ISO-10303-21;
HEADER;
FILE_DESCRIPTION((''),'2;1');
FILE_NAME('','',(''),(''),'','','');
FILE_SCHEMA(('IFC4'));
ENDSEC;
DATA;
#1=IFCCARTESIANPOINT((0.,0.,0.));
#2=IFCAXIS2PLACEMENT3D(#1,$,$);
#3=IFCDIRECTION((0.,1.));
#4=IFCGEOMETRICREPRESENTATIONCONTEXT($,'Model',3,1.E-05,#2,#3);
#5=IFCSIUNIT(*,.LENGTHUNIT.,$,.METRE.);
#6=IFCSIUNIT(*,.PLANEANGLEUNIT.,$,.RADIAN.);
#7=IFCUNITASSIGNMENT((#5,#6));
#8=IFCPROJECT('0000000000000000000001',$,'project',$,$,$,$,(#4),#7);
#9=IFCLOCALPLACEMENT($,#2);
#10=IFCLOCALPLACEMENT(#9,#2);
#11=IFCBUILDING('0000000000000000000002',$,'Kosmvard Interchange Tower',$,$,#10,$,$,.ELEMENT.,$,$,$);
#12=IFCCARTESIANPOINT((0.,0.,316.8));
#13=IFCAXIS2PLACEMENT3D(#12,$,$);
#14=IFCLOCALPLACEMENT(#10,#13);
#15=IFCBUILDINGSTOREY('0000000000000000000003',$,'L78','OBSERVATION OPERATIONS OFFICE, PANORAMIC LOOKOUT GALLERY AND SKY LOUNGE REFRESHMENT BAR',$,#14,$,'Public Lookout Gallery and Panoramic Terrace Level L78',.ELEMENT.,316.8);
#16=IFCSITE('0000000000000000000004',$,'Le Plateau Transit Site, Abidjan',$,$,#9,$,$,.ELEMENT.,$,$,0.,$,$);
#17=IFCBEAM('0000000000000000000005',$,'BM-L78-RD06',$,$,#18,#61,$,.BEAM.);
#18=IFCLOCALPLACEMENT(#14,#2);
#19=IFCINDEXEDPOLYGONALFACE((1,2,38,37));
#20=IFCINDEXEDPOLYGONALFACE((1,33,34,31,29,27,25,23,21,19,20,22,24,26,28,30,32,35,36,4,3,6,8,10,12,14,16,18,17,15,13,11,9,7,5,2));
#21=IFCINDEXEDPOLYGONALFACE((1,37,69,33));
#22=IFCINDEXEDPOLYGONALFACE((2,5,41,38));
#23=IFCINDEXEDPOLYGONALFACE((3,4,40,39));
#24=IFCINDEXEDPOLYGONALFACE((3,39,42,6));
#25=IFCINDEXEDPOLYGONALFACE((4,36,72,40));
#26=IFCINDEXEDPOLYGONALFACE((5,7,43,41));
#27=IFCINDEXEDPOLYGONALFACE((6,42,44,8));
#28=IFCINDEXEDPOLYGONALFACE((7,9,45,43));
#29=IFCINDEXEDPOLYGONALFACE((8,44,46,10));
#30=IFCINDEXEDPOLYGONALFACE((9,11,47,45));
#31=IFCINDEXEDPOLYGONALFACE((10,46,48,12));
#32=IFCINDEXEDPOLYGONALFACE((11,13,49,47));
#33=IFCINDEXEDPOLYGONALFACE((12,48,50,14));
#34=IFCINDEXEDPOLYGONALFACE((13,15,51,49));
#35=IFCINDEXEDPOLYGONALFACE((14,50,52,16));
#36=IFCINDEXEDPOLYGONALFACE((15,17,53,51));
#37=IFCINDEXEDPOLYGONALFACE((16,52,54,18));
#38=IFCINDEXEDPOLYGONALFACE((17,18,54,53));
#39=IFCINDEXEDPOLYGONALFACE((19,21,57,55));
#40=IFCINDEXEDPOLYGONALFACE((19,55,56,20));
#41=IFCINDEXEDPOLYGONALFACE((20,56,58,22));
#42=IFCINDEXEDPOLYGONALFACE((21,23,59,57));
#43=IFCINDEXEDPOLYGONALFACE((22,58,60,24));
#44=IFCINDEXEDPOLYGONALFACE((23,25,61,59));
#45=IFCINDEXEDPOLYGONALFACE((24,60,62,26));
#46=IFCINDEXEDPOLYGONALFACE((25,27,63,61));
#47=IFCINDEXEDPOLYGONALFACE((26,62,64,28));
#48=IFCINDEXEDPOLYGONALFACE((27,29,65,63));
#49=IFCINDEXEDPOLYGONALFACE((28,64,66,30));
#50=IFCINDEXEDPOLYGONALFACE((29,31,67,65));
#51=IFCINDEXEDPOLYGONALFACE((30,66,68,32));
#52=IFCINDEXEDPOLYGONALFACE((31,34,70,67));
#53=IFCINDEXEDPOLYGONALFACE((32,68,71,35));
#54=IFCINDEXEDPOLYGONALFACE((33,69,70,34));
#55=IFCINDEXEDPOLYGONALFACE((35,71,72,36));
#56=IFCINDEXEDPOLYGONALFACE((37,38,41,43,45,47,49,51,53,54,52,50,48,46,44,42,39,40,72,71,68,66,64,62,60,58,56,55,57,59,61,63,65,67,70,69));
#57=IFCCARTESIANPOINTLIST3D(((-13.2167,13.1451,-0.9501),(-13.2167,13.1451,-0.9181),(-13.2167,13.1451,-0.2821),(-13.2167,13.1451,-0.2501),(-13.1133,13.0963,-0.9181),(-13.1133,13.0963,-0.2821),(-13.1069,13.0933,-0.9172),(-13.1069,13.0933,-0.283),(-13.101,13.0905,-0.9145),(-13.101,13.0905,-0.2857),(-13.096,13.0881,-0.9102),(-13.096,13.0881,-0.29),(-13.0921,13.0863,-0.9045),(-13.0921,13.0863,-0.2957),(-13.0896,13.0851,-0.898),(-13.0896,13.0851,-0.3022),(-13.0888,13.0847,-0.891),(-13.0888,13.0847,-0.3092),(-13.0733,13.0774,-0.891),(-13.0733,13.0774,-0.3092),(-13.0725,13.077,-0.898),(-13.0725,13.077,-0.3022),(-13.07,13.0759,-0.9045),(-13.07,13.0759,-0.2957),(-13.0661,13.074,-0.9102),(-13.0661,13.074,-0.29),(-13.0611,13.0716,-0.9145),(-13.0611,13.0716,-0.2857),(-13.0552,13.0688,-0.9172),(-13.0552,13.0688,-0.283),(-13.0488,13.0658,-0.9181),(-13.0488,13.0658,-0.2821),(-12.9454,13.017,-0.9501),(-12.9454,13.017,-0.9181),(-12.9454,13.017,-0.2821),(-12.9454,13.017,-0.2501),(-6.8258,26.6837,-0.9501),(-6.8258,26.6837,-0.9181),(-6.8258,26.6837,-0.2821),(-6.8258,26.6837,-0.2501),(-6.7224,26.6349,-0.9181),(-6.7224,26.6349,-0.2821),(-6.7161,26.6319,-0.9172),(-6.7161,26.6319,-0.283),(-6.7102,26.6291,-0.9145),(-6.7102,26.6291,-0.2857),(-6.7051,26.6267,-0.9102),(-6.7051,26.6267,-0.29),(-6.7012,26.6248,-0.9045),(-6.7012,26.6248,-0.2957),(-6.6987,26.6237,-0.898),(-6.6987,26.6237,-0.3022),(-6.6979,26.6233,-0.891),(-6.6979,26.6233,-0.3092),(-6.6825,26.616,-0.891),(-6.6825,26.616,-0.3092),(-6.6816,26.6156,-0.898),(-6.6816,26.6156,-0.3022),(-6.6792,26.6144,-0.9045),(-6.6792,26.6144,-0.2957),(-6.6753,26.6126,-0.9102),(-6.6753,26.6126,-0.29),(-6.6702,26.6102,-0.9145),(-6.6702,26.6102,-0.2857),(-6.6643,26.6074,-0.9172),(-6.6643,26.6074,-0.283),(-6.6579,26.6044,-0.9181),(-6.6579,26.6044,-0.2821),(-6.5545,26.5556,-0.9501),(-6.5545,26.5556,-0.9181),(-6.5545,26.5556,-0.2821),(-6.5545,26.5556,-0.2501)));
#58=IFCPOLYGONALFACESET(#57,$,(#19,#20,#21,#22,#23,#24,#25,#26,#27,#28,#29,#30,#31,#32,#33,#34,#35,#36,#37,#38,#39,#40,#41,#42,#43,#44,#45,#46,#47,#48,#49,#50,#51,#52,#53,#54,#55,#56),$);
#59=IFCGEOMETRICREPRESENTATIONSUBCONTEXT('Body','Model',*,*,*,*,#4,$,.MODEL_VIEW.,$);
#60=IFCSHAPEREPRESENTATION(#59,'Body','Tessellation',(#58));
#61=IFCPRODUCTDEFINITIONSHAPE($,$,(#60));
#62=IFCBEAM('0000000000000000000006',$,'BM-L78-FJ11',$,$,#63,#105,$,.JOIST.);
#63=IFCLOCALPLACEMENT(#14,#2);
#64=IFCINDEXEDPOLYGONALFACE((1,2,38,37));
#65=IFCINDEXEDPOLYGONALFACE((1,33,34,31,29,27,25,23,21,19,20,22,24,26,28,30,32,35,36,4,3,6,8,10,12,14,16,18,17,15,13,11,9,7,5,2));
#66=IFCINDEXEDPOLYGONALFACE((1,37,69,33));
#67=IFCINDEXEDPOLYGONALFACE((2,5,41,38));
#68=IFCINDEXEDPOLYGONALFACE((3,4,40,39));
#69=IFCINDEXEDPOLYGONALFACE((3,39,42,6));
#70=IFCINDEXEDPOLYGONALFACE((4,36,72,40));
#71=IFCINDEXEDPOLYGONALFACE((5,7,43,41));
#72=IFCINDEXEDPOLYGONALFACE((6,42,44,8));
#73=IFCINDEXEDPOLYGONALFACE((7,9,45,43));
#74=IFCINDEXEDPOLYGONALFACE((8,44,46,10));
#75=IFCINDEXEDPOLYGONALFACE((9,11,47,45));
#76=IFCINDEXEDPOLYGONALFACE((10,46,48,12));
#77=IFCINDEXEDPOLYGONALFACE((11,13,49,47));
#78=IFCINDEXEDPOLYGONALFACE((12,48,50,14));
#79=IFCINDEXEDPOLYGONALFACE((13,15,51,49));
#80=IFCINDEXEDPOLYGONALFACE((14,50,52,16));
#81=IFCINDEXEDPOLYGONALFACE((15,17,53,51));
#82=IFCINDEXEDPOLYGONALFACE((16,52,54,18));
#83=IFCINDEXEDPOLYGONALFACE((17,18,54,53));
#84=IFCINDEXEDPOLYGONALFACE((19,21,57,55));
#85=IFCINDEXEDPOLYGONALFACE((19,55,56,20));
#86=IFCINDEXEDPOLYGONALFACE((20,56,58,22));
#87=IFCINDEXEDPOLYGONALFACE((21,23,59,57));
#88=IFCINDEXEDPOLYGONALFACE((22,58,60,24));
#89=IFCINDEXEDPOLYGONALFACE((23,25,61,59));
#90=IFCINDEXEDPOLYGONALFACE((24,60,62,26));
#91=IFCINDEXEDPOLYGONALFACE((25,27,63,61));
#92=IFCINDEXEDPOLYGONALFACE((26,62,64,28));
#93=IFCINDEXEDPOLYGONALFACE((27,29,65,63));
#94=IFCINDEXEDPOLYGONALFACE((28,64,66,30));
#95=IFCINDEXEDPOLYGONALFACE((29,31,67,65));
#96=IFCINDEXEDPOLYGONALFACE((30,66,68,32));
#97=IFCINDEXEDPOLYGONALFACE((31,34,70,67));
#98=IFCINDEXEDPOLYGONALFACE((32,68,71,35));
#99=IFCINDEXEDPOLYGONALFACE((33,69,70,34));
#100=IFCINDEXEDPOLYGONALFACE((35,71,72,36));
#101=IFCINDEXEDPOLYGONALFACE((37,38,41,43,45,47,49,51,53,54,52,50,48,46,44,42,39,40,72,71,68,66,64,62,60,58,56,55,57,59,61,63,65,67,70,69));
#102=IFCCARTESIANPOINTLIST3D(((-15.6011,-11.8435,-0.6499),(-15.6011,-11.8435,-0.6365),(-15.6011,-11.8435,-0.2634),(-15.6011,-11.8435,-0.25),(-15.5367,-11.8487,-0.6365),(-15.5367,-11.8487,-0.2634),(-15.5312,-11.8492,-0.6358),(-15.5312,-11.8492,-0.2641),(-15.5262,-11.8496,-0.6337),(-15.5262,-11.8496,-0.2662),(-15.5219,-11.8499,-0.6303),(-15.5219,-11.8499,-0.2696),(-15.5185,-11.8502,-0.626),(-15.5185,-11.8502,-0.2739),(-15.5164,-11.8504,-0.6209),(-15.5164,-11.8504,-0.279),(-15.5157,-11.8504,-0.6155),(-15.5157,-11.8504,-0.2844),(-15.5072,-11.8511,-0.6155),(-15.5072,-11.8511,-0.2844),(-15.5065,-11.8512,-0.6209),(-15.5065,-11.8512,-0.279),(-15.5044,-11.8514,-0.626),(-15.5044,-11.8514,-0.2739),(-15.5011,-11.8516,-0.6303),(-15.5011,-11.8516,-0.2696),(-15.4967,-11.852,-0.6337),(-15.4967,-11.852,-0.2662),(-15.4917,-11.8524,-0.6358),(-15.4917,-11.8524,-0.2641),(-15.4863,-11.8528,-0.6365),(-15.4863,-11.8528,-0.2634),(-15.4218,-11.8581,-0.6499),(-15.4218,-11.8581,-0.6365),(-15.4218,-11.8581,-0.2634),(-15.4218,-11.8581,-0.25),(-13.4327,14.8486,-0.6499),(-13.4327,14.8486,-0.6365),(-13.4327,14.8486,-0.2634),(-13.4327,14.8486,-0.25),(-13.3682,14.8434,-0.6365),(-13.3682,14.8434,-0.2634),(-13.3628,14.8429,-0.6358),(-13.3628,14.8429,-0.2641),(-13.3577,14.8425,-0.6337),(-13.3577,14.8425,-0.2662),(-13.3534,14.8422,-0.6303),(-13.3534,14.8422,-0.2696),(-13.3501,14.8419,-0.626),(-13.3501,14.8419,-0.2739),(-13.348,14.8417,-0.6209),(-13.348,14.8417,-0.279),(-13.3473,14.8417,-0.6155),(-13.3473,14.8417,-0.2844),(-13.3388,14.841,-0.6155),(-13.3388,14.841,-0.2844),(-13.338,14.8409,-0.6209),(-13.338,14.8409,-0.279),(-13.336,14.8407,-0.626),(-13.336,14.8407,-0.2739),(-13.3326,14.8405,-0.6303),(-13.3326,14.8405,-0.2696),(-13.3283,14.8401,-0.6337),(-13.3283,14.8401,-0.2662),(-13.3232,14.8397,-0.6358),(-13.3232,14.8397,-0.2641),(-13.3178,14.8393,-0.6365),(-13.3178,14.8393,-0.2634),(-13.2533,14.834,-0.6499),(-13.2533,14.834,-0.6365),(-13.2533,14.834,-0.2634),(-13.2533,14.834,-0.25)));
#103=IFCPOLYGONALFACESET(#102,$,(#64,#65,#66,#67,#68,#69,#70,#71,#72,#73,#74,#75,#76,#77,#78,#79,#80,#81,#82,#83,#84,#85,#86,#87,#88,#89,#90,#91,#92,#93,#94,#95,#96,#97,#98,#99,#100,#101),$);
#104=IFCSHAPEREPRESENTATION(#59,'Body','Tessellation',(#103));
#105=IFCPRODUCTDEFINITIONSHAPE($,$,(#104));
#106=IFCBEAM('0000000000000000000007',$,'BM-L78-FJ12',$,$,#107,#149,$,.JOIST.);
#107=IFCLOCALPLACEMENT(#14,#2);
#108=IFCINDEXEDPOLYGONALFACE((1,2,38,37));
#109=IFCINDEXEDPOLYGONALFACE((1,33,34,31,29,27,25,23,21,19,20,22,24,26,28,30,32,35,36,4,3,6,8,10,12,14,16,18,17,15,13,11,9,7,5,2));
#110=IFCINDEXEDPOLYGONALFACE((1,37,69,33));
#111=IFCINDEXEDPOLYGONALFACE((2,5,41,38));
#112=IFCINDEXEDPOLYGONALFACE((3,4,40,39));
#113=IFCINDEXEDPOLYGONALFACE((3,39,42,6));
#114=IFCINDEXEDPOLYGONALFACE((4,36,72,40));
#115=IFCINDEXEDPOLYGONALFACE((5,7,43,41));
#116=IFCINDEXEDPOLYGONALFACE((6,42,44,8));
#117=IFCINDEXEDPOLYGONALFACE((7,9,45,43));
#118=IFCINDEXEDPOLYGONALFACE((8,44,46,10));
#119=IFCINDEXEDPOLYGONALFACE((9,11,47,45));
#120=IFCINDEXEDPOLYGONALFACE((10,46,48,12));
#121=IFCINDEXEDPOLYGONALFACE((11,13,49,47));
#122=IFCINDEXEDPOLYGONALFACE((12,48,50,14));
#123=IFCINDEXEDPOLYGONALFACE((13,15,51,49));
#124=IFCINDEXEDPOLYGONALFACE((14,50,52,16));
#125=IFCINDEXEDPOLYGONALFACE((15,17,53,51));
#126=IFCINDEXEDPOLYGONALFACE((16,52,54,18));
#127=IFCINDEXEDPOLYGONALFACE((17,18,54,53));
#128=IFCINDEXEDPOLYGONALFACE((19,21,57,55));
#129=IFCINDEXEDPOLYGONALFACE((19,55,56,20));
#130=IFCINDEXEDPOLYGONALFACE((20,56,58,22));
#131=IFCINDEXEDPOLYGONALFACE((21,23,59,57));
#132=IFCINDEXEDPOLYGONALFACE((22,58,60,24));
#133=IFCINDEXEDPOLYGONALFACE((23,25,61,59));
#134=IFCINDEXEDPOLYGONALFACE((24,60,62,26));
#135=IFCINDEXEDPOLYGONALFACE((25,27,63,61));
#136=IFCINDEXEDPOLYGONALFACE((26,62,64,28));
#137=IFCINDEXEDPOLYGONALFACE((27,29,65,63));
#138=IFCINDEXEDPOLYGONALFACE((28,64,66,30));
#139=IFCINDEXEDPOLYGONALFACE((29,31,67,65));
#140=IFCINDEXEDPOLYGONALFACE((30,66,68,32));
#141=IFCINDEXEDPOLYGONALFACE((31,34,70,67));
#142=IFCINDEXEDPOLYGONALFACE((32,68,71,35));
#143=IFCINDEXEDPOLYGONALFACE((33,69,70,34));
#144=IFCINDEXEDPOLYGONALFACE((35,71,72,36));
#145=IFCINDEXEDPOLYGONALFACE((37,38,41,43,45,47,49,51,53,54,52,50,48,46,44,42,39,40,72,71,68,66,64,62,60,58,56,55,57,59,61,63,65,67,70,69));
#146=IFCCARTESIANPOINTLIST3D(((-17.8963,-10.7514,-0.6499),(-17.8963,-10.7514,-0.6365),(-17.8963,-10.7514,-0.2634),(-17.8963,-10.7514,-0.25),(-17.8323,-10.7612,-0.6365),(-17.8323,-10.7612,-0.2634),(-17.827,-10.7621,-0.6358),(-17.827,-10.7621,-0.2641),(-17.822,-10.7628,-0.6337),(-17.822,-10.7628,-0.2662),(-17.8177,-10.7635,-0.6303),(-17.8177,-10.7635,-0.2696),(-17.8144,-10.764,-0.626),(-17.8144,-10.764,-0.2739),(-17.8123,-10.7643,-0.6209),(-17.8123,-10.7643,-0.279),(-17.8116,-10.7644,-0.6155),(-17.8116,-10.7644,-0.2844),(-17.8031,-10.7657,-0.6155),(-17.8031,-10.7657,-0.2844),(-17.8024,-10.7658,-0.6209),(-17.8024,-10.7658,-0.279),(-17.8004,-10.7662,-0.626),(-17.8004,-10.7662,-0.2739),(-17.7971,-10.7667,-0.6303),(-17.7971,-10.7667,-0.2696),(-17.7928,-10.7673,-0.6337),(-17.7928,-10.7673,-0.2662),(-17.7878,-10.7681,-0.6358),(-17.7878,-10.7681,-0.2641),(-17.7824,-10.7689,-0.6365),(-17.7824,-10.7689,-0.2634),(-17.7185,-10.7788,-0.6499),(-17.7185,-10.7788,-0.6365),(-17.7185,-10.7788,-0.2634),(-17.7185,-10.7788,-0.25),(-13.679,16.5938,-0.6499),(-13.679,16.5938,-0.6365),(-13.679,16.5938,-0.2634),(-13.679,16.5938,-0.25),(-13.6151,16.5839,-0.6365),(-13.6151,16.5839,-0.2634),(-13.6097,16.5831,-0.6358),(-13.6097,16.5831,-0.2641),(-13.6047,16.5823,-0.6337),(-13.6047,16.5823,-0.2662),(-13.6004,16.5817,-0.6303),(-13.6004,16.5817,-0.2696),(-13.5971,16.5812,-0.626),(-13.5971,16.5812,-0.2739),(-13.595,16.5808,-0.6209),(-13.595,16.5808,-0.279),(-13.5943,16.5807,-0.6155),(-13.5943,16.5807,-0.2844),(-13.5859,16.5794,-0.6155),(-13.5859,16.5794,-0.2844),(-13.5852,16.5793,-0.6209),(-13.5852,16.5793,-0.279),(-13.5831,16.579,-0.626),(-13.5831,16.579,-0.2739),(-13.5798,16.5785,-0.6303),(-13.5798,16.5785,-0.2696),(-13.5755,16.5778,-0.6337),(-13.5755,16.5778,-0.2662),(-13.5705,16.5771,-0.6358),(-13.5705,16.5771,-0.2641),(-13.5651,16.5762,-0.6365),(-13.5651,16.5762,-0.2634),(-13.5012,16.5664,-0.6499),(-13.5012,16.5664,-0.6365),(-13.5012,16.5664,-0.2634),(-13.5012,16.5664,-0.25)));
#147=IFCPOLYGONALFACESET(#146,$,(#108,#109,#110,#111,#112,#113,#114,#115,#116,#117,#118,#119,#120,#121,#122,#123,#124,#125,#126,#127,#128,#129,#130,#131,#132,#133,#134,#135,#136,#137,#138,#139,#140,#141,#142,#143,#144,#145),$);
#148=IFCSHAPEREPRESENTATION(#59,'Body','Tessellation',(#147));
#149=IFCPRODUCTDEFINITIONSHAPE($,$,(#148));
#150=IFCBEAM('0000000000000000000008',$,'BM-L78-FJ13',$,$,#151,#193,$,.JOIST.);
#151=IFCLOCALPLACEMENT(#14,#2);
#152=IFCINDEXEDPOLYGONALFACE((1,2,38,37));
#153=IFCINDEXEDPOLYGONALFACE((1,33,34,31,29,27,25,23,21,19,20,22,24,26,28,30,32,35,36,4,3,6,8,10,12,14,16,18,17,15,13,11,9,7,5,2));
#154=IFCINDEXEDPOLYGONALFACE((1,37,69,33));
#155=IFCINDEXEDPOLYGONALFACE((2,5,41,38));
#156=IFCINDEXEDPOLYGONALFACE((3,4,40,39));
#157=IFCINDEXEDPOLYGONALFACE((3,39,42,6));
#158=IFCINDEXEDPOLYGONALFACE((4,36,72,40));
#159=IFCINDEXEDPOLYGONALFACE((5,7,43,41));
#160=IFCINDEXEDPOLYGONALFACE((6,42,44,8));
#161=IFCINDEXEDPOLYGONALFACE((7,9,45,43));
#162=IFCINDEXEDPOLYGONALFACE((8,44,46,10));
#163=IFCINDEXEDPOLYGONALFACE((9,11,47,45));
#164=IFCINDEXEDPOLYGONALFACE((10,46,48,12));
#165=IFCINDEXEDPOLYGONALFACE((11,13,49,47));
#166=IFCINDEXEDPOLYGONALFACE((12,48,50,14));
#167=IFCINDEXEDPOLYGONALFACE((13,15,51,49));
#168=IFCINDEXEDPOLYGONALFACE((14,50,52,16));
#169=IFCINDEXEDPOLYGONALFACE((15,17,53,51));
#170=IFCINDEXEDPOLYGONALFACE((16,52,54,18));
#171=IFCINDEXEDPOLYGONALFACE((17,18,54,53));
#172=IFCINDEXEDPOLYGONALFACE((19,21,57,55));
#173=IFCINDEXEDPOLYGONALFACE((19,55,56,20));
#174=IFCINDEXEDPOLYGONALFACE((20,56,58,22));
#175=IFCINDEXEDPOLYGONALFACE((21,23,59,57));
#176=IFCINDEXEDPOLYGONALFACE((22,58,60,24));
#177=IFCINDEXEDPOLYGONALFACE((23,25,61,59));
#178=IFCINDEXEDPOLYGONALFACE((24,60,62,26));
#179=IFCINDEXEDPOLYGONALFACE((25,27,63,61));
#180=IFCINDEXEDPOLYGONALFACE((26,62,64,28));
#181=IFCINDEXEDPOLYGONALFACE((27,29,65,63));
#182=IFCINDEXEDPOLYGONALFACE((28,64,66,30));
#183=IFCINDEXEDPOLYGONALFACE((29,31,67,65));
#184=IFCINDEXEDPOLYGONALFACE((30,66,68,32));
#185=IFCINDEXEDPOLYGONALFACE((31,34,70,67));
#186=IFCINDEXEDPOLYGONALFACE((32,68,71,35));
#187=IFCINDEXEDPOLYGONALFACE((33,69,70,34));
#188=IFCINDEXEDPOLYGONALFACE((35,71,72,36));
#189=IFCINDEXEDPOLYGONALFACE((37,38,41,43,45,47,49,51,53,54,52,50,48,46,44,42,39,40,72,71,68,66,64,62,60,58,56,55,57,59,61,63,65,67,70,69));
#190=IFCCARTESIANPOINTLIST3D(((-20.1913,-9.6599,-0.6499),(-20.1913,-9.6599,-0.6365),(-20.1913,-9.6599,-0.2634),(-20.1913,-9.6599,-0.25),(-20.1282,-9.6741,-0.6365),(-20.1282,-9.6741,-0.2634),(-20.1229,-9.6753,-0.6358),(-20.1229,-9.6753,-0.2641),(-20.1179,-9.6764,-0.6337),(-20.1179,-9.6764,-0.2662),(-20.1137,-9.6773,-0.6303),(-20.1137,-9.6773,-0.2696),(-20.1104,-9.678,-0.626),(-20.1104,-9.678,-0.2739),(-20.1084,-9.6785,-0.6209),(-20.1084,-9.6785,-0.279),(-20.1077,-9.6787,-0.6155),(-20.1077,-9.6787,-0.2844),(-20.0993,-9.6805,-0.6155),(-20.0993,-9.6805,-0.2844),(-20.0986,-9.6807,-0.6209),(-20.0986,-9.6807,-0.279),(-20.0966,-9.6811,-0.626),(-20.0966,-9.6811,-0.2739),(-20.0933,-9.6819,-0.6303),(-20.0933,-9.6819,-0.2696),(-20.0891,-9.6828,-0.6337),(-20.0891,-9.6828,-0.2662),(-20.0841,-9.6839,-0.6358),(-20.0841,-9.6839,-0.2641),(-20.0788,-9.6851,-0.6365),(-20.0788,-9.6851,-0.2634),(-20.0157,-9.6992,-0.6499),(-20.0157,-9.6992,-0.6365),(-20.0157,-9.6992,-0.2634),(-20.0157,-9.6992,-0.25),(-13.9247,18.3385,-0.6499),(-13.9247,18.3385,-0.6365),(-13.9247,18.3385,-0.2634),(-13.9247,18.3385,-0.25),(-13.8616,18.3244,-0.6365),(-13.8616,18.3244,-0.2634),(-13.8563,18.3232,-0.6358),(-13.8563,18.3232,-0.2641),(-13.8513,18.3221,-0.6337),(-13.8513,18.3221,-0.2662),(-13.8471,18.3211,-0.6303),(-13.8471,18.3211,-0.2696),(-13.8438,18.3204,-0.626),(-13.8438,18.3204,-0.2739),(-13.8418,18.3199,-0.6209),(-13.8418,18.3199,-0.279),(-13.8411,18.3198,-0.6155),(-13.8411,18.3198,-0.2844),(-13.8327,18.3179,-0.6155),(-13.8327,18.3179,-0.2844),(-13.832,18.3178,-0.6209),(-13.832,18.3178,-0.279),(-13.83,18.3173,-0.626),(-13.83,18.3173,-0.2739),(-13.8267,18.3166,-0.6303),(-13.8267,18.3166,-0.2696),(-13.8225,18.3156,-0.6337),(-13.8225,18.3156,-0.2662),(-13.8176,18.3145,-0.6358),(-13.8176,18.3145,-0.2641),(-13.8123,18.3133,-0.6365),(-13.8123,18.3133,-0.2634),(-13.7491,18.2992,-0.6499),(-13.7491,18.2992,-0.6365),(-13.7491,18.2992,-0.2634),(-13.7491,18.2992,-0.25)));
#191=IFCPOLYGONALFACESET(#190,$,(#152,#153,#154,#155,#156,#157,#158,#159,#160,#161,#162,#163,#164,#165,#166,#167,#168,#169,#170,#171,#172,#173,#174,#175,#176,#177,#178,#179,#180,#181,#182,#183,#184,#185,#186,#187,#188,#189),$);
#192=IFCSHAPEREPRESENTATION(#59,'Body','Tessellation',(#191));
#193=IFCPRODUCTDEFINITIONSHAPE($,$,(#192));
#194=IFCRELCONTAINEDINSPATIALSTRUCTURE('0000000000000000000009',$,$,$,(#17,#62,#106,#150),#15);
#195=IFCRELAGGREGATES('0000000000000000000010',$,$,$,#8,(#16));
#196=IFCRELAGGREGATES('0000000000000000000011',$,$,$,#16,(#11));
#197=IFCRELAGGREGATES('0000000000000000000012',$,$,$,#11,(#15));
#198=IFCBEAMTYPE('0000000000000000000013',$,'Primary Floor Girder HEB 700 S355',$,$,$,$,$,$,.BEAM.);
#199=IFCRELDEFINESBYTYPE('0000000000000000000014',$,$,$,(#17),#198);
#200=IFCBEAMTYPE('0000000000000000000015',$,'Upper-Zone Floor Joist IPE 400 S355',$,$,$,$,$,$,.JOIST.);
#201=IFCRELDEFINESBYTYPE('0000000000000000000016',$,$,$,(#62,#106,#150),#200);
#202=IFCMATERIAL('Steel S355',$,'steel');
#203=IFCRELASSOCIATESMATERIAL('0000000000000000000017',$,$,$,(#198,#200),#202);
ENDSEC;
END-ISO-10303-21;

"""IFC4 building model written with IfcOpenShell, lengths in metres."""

from ifc_helpers import new_model, si_unit, direction, frame, origin, origin_2d, place, context, subcontext, project, spatial, i_section, extrude, source, transform, mapped, material, material_profile, profile_set, type_object, element, save


model = new_model("IFC4")

# Units and contexts
model_context = context("Model", 3, precision=1e-05, world=origin(), true_north=direction((0.0, 1.0)))
body_context = subcontext(model_context, "Body", "Model", "MODEL_VIEW")
ifc_project = project(units=[si_unit("LENGTHUNIT", "METRE"), si_unit("PLANEANGLEUNIT", "RADIAN")], contexts=[model_context])

# Site, building, storey
site_placement = place(None, origin())
site = spatial("IfcSite", under=ifc_project, at=site_placement, Name="Le Plateau Transit Site, Abidjan", CompositionType="ELEMENT", RefElevation=0.0)
building_placement = place(site_placement, origin())
building = spatial("IfcBuilding", under=site, at=building_placement, Name="Kosmvard Interchange Tower", CompositionType="ELEMENT")
storey_placement = place(building_placement, frame((0.0, 0.0, 316.8)))
storey = spatial("IfcBuildingStorey", under=building, at=storey_placement, Name="L78", Description="OBSERVATION OPERATIONS OFFICE, PANORAMIC LOOKOUT GALLERY AND SKY LOUNGE REFRESHMENT BAR", LongName="Public Lookout Gallery and Panoramic Terrace Level L78", CompositionType="ELEMENT", Elevation=316.8)

# Beams
ifc_material_1 = material(Name="Steel S355", Category="steel")
ifc_material_profile_1 = material_profile(ifc_material_1, i_section(OverallWidth=0.3, OverallDepth=0.7, WebThickness=0.0171, FlangeThickness=0.032, FilletRadius=0.0271, at=origin_2d()), Name="HEB 700")
ifc_profile_set_1 = profile_set([ifc_material_profile_1], Name="Steel S355")
beam_type_1 = type_object("IfcBeamType", Name="Primary Floor Girder HEB 700 S355", PredefinedType="BEAM", material=ifc_profile_set_1)
shared_shape_1 = source(origin(), body_context, "Body", "SweptSolid", [
    extrude(i_section(OverallWidth=0.3, OverallDepth=0.7, WebThickness=0.0171, FlangeThickness=0.032, FilletRadius=0.0271, at=origin_2d()), origin(), (0.0, 0.0, 1.0), 14.9712),
])
beam_1_placement = place(storey_placement, frame((-13.0811, 13.0811, -0.6001), z_axis=(0.426878, 0.904309, 0.0), x_axis=(-0.904309, 0.426878, 0.0)))
element("IfcBeam", 1, at=beam_1_placement, inside=storey, type_object=beam_type_1, Name="BM-L78-RD06", PredefinedType="BEAM", context=body_context, shape_type="MappedRepresentation", body=[
    mapped(shared_shape_1, transform((0.0, 0.0, 0.0), scale=1.0)),
])
ifc_material_profile_2 = material_profile(ifc_material_1, i_section(OverallWidth=0.1799, OverallDepth=0.3999, WebThickness=0.0085, FlangeThickness=0.0134, FilletRadius=0.021, at=origin_2d()), Name="IPE 400")
ifc_profile_set_2 = profile_set([ifc_material_profile_2], Name="Steel S355")
beam_type_2 = type_object("IfcBeamType", Name="Upper-Zone Floor Joist IPE 400 S355", PredefinedType="JOIST", material=ifc_profile_set_2)
shared_shape_2 = source(origin(), body_context, "Body", "SweptSolid", [
    extrude(i_section(OverallWidth=0.1799, OverallDepth=0.3999, WebThickness=0.0085, FlangeThickness=0.0134, FilletRadius=0.021, at=origin_2d()), origin(), (0.0, 0.0, 1.0), 26.78),
])
beam_2_placement = place(storey_placement, frame((-13.343, 14.8413, -0.45), z_axis=(-0.080973, -0.996716, 0.0), x_axis=(0.996716, -0.080973, 0.0)))
element("IfcBeam", 2, at=beam_2_placement, inside=storey, type_object=beam_type_2, Name="BM-L78-FJ11", PredefinedType="JOIST", context=body_context, shape_type="MappedRepresentation", body=[
    mapped(shared_shape_2, transform((0.0, 0.0, 0.0), scale=1.0)),
])
shared_shape_3 = source(origin(), body_context, "Body", "SweptSolid", [
    extrude(i_section(OverallWidth=0.1799, OverallDepth=0.3999, WebThickness=0.0085, FlangeThickness=0.0134, FilletRadius=0.021, at=origin_2d()), origin(), (0.0, 0.0, 1.0), 27.6685),
])
beam_3_placement = place(storey_placement, frame((-13.5901, 16.5801, -0.45), z_axis=(-0.152422, -0.988316, 0.0), x_axis=(0.988316, -0.152422, 0.0)))
element("IfcBeam", 3, at=beam_3_placement, inside=storey, type_object=beam_type_2, Name="BM-L78-FJ12", PredefinedType="JOIST", context=body_context, shape_type="MappedRepresentation", body=[
    mapped(shared_shape_3, transform((0.0, 0.0, 0.0), scale=1.0)),
])
shared_shape_4 = source(origin(), body_context, "Body", "SweptSolid", [
    extrude(i_section(OverallWidth=0.1799, OverallDepth=0.3999, WebThickness=0.0085, FlangeThickness=0.0134, FilletRadius=0.021, at=origin_2d()), origin(), (0.0, 0.0, 1.0), 28.6912),
])
beam_4_placement = place(storey_placement, frame((-13.8369, 18.3188, -0.45), z_axis=(-0.218415, -0.975856, 0.0), x_axis=(0.975856, -0.218415, 0.0)))
element("IfcBeam", 4, at=beam_4_placement, inside=storey, type_object=beam_type_2, Name="BM-L78-FJ13", PredefinedType="JOIST", context=body_context, shape_type="MappedRepresentation", body=[
    mapped(shared_shape_4, transform((0.0, 0.0, 0.0), scale=1.0)),
])

save(model, "model.ifc")
